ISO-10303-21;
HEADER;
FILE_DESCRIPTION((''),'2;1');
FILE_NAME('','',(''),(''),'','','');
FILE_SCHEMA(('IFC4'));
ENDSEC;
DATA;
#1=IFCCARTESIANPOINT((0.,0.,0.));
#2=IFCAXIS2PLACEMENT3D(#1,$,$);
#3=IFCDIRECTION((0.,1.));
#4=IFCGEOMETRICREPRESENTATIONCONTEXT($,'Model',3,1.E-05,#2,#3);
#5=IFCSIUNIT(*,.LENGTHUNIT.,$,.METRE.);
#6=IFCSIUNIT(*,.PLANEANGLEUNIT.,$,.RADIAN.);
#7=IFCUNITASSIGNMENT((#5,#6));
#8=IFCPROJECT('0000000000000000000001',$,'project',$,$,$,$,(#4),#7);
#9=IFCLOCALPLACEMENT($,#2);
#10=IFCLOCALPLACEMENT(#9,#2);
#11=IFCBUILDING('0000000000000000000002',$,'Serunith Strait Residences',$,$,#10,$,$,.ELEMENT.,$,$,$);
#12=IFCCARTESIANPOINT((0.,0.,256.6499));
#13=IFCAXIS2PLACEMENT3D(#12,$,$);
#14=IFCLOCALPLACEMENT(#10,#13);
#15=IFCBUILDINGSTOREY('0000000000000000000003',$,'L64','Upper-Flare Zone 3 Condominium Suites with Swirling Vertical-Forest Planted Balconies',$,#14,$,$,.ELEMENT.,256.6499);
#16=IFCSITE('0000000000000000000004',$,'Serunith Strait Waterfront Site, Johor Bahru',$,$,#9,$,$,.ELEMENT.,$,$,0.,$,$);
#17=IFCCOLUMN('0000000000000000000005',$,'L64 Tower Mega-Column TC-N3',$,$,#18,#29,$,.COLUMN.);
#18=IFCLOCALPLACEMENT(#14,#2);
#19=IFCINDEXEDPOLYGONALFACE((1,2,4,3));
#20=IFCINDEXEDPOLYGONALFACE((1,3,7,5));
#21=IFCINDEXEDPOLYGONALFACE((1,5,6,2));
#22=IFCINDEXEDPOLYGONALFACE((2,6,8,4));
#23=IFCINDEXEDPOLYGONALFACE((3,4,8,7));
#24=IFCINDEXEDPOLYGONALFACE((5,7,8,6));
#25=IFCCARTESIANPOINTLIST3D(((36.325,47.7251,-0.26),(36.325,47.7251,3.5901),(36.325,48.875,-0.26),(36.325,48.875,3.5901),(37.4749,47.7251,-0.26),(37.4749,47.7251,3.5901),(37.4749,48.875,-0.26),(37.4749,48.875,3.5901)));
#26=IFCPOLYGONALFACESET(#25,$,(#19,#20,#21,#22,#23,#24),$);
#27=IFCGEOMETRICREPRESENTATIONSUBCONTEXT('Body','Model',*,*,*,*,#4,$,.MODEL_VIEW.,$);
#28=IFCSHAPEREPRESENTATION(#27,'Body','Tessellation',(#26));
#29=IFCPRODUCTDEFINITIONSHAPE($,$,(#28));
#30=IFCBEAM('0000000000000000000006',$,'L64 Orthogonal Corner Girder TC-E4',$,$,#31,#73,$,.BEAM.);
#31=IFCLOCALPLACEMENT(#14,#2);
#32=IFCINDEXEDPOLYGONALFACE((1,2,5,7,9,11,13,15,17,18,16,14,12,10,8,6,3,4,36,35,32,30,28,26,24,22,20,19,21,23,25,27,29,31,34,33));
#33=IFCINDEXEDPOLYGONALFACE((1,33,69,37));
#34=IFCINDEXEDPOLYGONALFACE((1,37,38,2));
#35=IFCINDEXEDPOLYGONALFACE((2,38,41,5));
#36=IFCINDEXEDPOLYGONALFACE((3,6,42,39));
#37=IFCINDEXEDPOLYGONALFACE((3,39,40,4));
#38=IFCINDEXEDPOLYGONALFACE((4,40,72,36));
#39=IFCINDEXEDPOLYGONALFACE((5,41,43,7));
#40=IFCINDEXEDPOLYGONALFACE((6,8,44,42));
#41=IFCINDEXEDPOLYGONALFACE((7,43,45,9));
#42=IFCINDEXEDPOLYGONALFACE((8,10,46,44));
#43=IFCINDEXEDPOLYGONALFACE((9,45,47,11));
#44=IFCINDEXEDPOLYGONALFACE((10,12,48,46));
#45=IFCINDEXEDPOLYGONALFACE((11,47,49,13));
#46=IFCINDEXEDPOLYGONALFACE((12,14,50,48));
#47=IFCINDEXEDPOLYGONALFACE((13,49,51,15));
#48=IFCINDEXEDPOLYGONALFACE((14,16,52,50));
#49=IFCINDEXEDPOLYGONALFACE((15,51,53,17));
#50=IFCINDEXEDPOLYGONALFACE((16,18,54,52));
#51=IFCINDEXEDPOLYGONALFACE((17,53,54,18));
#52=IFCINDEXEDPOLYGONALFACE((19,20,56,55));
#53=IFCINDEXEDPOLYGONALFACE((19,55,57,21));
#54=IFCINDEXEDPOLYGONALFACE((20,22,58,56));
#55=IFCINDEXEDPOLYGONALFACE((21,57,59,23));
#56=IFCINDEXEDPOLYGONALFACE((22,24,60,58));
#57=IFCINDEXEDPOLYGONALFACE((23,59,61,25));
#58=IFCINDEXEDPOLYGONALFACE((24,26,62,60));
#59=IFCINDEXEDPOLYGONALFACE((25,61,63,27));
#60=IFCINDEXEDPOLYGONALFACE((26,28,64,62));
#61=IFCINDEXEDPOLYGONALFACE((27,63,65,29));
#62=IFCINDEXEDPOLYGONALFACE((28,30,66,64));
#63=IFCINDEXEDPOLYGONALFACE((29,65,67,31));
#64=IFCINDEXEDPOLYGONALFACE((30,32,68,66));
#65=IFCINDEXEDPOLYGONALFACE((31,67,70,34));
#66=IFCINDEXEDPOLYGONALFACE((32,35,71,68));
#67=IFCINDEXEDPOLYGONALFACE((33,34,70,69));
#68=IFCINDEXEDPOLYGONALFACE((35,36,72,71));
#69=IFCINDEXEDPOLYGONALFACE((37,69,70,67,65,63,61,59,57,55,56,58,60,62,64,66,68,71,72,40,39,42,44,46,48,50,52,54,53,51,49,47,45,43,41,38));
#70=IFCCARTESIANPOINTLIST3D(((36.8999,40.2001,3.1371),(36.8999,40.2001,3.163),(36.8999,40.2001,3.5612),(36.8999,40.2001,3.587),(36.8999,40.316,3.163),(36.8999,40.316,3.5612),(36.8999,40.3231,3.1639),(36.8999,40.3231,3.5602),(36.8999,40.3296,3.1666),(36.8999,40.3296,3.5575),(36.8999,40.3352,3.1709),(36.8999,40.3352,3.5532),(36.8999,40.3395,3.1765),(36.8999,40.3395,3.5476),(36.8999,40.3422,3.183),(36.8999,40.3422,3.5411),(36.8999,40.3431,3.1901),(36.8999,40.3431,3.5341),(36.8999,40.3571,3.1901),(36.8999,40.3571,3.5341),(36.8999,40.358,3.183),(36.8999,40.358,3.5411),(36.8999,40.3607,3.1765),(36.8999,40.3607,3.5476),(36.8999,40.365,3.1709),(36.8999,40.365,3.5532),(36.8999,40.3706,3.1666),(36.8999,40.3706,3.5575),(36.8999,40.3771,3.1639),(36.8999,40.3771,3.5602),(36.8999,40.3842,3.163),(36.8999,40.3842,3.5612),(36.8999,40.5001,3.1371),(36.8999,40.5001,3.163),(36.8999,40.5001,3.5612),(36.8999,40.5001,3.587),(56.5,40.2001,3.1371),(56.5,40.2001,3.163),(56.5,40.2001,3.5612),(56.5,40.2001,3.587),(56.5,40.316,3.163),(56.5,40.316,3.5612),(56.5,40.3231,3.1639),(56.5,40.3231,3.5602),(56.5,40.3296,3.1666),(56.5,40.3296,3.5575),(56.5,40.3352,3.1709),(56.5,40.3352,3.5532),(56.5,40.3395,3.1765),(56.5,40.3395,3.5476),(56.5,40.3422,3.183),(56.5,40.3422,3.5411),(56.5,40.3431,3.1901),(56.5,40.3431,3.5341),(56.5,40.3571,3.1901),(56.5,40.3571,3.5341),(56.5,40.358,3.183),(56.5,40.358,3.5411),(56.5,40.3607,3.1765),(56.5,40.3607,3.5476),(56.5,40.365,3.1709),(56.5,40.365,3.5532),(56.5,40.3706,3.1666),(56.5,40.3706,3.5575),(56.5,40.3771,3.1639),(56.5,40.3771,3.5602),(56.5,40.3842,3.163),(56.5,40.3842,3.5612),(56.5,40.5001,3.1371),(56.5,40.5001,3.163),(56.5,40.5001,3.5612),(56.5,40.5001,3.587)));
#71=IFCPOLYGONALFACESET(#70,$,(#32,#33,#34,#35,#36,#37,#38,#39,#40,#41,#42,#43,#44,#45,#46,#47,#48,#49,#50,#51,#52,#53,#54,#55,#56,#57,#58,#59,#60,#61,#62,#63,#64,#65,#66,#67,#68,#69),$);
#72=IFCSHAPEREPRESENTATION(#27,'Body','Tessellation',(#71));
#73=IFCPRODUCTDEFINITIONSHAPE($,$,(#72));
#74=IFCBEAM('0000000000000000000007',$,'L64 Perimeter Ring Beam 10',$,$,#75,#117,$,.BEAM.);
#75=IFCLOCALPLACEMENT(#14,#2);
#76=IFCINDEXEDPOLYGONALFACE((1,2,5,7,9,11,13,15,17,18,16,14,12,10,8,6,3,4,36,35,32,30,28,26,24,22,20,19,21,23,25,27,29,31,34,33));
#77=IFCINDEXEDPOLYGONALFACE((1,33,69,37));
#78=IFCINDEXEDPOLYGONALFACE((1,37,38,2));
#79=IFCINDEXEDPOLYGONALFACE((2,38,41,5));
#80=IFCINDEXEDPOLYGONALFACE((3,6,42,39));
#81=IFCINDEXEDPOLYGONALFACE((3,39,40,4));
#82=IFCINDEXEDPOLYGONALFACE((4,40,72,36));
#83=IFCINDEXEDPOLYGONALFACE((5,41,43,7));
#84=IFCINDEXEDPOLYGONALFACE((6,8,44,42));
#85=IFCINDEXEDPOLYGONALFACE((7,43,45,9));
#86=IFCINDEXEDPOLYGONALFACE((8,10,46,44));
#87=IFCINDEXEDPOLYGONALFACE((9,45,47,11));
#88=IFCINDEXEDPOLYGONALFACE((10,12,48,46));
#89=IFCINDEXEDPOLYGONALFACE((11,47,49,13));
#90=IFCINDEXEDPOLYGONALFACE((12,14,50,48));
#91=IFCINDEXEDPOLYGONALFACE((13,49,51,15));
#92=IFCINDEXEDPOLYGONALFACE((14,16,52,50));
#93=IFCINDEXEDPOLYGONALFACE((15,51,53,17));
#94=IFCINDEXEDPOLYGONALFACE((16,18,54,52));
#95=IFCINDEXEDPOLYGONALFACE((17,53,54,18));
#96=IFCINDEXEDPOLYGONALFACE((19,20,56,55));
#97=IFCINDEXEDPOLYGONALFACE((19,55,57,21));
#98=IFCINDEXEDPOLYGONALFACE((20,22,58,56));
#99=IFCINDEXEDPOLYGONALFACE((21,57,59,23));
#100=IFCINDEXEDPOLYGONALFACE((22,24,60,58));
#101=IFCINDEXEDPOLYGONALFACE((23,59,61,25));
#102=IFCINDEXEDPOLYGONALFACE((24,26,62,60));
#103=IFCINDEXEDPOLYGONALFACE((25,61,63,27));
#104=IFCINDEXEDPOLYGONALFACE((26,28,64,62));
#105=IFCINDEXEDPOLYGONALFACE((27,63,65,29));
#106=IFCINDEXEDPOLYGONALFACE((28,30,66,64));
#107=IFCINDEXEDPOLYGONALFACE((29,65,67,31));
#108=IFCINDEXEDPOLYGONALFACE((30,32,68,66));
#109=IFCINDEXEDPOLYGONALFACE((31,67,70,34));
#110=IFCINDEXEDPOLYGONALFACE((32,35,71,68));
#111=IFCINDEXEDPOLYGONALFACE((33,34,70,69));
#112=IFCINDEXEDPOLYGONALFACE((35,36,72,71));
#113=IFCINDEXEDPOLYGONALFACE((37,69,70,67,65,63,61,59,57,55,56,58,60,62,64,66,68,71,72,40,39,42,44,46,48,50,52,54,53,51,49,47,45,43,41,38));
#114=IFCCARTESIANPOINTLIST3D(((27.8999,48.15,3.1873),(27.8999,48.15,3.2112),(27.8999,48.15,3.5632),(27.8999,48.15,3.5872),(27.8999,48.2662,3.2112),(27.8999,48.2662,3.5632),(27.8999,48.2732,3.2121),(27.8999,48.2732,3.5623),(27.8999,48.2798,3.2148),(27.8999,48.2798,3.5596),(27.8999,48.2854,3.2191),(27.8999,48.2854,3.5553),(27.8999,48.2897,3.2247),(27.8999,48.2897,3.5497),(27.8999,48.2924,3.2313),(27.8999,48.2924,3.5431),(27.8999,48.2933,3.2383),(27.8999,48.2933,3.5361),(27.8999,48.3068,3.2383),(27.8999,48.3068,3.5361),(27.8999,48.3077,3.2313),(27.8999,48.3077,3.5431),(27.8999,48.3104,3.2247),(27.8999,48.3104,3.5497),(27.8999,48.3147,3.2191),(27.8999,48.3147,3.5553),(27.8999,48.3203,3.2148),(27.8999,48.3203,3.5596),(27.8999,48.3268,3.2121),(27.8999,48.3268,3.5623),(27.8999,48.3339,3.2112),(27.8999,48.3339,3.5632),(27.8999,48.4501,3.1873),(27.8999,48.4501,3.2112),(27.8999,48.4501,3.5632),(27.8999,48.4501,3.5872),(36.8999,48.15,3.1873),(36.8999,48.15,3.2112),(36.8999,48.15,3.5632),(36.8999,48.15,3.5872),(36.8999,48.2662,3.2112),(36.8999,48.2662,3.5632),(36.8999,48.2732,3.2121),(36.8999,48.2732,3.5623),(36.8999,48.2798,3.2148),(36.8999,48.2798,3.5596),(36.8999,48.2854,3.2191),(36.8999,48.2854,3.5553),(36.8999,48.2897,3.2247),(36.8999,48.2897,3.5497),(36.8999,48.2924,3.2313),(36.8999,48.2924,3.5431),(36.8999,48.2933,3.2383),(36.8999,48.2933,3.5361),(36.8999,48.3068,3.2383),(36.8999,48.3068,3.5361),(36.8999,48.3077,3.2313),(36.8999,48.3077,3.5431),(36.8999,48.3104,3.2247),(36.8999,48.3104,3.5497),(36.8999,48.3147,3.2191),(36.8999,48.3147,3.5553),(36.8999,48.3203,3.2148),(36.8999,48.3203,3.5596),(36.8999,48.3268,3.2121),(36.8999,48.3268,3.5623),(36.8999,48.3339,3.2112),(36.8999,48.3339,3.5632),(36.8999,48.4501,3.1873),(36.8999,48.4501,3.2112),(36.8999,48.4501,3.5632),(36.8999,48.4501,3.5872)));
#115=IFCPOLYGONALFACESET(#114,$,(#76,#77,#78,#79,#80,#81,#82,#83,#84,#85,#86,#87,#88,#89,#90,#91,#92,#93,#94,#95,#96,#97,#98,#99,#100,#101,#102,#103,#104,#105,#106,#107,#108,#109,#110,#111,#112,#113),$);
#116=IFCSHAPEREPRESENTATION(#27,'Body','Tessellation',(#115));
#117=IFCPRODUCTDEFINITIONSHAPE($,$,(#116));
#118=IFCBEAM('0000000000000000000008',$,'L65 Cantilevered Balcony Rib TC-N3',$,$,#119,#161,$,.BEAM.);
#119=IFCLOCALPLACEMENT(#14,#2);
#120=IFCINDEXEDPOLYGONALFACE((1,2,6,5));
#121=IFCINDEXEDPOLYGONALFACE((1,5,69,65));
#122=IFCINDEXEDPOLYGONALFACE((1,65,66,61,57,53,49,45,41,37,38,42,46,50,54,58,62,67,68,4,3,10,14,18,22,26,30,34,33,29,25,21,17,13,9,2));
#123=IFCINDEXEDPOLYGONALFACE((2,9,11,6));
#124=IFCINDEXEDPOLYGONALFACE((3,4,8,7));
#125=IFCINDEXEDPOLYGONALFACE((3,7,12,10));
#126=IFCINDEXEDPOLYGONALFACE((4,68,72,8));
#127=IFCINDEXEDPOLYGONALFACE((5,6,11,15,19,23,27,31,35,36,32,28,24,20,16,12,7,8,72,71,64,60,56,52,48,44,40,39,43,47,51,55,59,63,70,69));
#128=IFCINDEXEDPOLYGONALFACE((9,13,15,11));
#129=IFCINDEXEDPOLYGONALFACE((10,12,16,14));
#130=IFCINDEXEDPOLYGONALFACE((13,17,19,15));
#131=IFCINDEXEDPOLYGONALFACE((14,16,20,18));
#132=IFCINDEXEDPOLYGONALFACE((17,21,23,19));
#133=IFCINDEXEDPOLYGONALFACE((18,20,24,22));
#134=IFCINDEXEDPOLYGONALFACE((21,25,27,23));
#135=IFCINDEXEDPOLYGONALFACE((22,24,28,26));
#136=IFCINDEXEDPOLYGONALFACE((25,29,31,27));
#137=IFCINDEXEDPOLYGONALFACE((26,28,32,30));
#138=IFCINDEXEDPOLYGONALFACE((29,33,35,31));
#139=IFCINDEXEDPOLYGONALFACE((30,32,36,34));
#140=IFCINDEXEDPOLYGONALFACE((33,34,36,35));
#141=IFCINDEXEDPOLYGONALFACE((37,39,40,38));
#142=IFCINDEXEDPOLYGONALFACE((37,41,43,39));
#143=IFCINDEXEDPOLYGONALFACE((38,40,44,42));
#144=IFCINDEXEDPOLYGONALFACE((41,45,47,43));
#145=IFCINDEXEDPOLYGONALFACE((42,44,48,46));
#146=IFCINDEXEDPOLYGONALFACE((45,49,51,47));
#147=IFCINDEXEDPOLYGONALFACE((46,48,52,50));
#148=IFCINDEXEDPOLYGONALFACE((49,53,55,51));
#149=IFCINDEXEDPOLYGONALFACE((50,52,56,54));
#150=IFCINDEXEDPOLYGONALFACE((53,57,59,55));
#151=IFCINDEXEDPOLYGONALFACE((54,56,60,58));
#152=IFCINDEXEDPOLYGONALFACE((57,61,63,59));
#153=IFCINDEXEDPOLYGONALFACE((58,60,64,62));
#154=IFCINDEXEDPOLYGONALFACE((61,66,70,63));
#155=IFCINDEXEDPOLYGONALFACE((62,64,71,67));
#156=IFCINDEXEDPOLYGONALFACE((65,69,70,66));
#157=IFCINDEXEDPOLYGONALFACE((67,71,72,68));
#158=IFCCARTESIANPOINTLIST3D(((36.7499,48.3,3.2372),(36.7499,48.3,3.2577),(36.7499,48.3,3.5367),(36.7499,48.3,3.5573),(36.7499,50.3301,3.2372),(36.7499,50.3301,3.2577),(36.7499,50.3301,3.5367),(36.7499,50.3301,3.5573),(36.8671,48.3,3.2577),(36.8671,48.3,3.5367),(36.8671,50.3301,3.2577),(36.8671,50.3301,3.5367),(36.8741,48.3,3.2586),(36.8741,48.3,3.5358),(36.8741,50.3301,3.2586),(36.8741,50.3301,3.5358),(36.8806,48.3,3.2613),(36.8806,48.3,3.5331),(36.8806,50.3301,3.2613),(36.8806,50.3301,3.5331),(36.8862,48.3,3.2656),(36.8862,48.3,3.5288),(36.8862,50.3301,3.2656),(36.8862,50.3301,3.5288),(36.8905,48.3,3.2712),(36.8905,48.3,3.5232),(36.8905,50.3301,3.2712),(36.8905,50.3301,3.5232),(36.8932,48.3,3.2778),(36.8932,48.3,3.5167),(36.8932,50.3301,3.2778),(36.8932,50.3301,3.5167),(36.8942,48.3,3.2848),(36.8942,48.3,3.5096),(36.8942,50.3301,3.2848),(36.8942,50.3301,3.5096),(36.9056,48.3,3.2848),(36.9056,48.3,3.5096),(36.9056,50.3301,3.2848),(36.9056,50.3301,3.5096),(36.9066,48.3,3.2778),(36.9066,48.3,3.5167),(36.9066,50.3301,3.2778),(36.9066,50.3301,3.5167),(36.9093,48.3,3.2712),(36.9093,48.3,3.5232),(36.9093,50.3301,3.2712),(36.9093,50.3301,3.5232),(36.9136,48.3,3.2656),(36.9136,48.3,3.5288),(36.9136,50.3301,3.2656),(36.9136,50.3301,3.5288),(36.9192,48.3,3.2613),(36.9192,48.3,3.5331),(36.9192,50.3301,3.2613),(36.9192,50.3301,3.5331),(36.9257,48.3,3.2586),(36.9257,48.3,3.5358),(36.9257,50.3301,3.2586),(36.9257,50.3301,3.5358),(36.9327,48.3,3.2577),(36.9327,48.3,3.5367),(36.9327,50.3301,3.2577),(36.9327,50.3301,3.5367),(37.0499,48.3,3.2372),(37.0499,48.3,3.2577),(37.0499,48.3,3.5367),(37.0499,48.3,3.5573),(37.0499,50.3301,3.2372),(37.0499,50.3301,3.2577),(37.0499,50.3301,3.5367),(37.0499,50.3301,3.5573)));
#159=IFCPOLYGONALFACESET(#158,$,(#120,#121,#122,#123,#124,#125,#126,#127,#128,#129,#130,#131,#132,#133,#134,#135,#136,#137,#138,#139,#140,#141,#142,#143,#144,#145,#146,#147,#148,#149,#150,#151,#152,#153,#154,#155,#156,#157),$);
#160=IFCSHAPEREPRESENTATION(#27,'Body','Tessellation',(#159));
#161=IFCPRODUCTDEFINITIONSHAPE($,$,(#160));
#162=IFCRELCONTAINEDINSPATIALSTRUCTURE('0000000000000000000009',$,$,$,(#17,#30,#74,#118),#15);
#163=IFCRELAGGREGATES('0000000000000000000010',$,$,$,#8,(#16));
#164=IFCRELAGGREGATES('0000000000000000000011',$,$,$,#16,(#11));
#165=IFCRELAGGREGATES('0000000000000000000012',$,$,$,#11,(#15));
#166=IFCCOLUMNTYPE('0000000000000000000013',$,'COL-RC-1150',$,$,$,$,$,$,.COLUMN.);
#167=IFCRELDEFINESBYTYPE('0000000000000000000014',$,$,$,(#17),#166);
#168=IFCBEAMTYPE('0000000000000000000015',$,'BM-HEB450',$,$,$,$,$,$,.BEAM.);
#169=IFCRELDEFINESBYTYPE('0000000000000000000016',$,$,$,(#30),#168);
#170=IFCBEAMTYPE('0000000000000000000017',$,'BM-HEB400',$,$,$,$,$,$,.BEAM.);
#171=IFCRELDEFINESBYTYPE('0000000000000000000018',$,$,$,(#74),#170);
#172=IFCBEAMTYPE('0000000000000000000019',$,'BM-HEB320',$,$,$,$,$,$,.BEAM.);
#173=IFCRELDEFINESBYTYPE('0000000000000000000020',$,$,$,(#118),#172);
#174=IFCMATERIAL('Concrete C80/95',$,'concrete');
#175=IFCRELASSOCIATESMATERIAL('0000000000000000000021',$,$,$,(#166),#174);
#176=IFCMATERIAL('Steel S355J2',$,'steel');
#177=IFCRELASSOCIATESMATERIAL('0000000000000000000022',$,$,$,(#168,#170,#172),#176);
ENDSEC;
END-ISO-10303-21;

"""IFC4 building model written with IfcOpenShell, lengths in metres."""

from ifc_helpers import new_model, si_unit, direction, frame, origin, origin_2d, place, context, subcontext, project, spatial, rectangle, i_section, extrude, source, transform, mapped, material, material_profile, profile_set, type_object, element, save


model = new_model("IFC4")

# Units and contexts
model_context = context("Model", 3, precision=1e-05, world=origin(), true_north=direction((0.0, 1.0)))
body_context = subcontext(model_context, "Body", "Model", "MODEL_VIEW")
ifc_project = project(units=[si_unit("LENGTHUNIT", "METRE"), si_unit("PLANEANGLEUNIT", "RADIAN")], contexts=[model_context])

# Site, building, storey
site_placement = place(None, origin())
site = spatial("IfcSite", under=ifc_project, at=site_placement, Name="Serunith Strait Waterfront Site, Johor Bahru", CompositionType="ELEMENT", RefElevation=0.0)
building_placement = place(site_placement, origin())
building = spatial("IfcBuilding", under=site, at=building_placement, Name="Serunith Strait Residences", CompositionType="ELEMENT")
storey_placement = place(building_placement, frame((0.0, 0.0, 256.6499)))
storey = spatial("IfcBuildingStorey", under=building, at=storey_placement, Name="L64", Description="Upper-Flare Zone 3 Condominium Suites with Swirling Vertical-Forest Planted Balconies", CompositionType="ELEMENT", Elevation=256.6499)

# Column
ifc_material_1 = material(Name="Concrete C80/95", Category="concrete")
ifc_material_profile_1 = material_profile(ifc_material_1, rectangle(XDim=1.1499, YDim=1.1499, at=origin_2d()), Name="RC 1150x1150")
ifc_profile_set_1 = profile_set([ifc_material_profile_1], Name="Concrete C80/95")
column_type = type_object("IfcColumnType", Name="COL-RC-1150", PredefinedType="COLUMN", material=ifc_profile_set_1)
shared_shape_1 = source(origin(), body_context, "Body", "SweptSolid", [
    extrude(rectangle(XDim=1.1499, YDim=1.1499, at=origin_2d()), origin(), (0.0, 0.0, 1.0), 3.8501),
])
column_placement = place(storey_placement, frame((36.8999, 48.3, -0.26), z_axis=(0.0, 0.0, 1.0), x_axis=(1.0, 0.0, 0.0)))
element("IfcColumn", 1, at=column_placement, inside=storey, type_object=column_type, Name="L64 Tower Mega-Column TC-N3", PredefinedType="COLUMN", context=body_context, shape_type="MappedRepresentation", body=[
    mapped(shared_shape_1, transform((0.0, 0.0, 0.0), scale=1.0)),
])

# Beams
ifc_material_2 = material(Name="Steel S355J2", Category="steel")
ifc_material_profile_2 = material_profile(ifc_material_2, i_section(OverallWidth=0.3, OverallDepth=0.45, WebThickness=0.0139, FlangeThickness=0.0259, FilletRadius=0.0271, at=origin_2d()), Name="HEB 450")
ifc_profile_set_2 = profile_set([ifc_material_profile_2], Name="Steel S355J2")
beam_type_1 = type_object("IfcBeamType", Name="BM-HEB450", PredefinedType="BEAM", material=ifc_profile_set_2)
shared_shape_2 = source(origin(), body_context, "Body", "SweptSolid", [
    extrude(i_section(OverallWidth=0.3, OverallDepth=0.45, WebThickness=0.0139, FlangeThickness=0.0259, FilletRadius=0.0271, at=origin_2d()), origin(), (0.0, 0.0, 1.0), 19.6001),
])
beam_1_placement = place(storey_placement, frame((36.8999, 40.3501, 3.3621), z_axis=(1.0, 0.0, 0.0), x_axis=(0.0, 1.0, 0.0)))
element("IfcBeam", 2, at=beam_1_placement, inside=storey, type_object=beam_type_1, Name="L64 Orthogonal Corner Girder TC-E4", PredefinedType="BEAM", context=body_context, shape_type="MappedRepresentation", body=[
    mapped(shared_shape_2, transform((0.0, 0.0, 0.0), scale=1.0)),
])
ifc_material_profile_3 = material_profile(ifc_material_2, i_section(OverallWidth=0.3, OverallDepth=0.3999, WebThickness=0.0134, FlangeThickness=0.0239, FilletRadius=0.0271, at=origin_2d()), Name="HEB 400")
ifc_profile_set_3 = profile_set([ifc_material_profile_3], Name="Steel S355J2")
beam_type_2 = type_object("IfcBeamType", Name="BM-HEB400", PredefinedType="BEAM", material=ifc_profile_set_3)
shared_shape_3 = source(origin(), body_context, "Body", "SweptSolid", [
    extrude(i_section(OverallWidth=0.3, OverallDepth=0.3999, WebThickness=0.0134, FlangeThickness=0.0239, FilletRadius=0.0271, at=origin_2d()), origin(), (0.0, 0.0, 1.0), 9.0),
])
beam_2_placement = place(storey_placement, frame((36.8999, 48.3, 3.3872), z_axis=(-1.0, 0.0, 0.0), x_axis=(0.0, -1.0, 0.0)))
element("IfcBeam", 3, at=beam_2_placement, inside=storey, type_object=beam_type_2, Name="L64 Perimeter Ring Beam 10", PredefinedType="BEAM", context=body_context, shape_type="MappedRepresentation", body=[
    mapped(shared_shape_3, transform((0.0, 0.0, 0.0), scale=1.0)),
])
ifc_material_profile_4 = material_profile(ifc_material_2, i_section(OverallWidth=0.3, OverallDepth=0.3201, WebThickness=0.0115, FlangeThickness=0.0205, FilletRadius=0.0271, at=origin_2d()), Name="HEB 320")
ifc_profile_set_4 = profile_set([ifc_material_profile_4], Name="Steel S355J2")
beam_type_3 = type_object("IfcBeamType", Name="BM-HEB320", PredefinedType="BEAM", material=ifc_profile_set_4)
shared_shape_4 = source(origin(), body_context, "Body", "SweptSolid", [
    extrude(i_section(OverallWidth=0.3, OverallDepth=0.3201, WebThickness=0.0115, FlangeThickness=0.0205, FilletRadius=0.0271, at=origin_2d()), origin(), (0.0, 0.0, 1.0), 2.03),
])
beam_3_placement = place(storey_placement, frame((36.8999, 48.3, 3.3972), z_axis=(0.0, 1.0, 0.0), x_axis=(-1.0, 0.0, 0.0)))
element("IfcBeam", 4, at=beam_3_placement, inside=storey, type_object=beam_type_3, Name="L65 Cantilevered Balcony Rib TC-N3", PredefinedType="BEAM", context=body_context, shape_type="MappedRepresentation", body=[
    mapped(shared_shape_4, transform((0.0, 0.0, 0.0), scale=1.0)),
])

save(model, "model.ifc")
